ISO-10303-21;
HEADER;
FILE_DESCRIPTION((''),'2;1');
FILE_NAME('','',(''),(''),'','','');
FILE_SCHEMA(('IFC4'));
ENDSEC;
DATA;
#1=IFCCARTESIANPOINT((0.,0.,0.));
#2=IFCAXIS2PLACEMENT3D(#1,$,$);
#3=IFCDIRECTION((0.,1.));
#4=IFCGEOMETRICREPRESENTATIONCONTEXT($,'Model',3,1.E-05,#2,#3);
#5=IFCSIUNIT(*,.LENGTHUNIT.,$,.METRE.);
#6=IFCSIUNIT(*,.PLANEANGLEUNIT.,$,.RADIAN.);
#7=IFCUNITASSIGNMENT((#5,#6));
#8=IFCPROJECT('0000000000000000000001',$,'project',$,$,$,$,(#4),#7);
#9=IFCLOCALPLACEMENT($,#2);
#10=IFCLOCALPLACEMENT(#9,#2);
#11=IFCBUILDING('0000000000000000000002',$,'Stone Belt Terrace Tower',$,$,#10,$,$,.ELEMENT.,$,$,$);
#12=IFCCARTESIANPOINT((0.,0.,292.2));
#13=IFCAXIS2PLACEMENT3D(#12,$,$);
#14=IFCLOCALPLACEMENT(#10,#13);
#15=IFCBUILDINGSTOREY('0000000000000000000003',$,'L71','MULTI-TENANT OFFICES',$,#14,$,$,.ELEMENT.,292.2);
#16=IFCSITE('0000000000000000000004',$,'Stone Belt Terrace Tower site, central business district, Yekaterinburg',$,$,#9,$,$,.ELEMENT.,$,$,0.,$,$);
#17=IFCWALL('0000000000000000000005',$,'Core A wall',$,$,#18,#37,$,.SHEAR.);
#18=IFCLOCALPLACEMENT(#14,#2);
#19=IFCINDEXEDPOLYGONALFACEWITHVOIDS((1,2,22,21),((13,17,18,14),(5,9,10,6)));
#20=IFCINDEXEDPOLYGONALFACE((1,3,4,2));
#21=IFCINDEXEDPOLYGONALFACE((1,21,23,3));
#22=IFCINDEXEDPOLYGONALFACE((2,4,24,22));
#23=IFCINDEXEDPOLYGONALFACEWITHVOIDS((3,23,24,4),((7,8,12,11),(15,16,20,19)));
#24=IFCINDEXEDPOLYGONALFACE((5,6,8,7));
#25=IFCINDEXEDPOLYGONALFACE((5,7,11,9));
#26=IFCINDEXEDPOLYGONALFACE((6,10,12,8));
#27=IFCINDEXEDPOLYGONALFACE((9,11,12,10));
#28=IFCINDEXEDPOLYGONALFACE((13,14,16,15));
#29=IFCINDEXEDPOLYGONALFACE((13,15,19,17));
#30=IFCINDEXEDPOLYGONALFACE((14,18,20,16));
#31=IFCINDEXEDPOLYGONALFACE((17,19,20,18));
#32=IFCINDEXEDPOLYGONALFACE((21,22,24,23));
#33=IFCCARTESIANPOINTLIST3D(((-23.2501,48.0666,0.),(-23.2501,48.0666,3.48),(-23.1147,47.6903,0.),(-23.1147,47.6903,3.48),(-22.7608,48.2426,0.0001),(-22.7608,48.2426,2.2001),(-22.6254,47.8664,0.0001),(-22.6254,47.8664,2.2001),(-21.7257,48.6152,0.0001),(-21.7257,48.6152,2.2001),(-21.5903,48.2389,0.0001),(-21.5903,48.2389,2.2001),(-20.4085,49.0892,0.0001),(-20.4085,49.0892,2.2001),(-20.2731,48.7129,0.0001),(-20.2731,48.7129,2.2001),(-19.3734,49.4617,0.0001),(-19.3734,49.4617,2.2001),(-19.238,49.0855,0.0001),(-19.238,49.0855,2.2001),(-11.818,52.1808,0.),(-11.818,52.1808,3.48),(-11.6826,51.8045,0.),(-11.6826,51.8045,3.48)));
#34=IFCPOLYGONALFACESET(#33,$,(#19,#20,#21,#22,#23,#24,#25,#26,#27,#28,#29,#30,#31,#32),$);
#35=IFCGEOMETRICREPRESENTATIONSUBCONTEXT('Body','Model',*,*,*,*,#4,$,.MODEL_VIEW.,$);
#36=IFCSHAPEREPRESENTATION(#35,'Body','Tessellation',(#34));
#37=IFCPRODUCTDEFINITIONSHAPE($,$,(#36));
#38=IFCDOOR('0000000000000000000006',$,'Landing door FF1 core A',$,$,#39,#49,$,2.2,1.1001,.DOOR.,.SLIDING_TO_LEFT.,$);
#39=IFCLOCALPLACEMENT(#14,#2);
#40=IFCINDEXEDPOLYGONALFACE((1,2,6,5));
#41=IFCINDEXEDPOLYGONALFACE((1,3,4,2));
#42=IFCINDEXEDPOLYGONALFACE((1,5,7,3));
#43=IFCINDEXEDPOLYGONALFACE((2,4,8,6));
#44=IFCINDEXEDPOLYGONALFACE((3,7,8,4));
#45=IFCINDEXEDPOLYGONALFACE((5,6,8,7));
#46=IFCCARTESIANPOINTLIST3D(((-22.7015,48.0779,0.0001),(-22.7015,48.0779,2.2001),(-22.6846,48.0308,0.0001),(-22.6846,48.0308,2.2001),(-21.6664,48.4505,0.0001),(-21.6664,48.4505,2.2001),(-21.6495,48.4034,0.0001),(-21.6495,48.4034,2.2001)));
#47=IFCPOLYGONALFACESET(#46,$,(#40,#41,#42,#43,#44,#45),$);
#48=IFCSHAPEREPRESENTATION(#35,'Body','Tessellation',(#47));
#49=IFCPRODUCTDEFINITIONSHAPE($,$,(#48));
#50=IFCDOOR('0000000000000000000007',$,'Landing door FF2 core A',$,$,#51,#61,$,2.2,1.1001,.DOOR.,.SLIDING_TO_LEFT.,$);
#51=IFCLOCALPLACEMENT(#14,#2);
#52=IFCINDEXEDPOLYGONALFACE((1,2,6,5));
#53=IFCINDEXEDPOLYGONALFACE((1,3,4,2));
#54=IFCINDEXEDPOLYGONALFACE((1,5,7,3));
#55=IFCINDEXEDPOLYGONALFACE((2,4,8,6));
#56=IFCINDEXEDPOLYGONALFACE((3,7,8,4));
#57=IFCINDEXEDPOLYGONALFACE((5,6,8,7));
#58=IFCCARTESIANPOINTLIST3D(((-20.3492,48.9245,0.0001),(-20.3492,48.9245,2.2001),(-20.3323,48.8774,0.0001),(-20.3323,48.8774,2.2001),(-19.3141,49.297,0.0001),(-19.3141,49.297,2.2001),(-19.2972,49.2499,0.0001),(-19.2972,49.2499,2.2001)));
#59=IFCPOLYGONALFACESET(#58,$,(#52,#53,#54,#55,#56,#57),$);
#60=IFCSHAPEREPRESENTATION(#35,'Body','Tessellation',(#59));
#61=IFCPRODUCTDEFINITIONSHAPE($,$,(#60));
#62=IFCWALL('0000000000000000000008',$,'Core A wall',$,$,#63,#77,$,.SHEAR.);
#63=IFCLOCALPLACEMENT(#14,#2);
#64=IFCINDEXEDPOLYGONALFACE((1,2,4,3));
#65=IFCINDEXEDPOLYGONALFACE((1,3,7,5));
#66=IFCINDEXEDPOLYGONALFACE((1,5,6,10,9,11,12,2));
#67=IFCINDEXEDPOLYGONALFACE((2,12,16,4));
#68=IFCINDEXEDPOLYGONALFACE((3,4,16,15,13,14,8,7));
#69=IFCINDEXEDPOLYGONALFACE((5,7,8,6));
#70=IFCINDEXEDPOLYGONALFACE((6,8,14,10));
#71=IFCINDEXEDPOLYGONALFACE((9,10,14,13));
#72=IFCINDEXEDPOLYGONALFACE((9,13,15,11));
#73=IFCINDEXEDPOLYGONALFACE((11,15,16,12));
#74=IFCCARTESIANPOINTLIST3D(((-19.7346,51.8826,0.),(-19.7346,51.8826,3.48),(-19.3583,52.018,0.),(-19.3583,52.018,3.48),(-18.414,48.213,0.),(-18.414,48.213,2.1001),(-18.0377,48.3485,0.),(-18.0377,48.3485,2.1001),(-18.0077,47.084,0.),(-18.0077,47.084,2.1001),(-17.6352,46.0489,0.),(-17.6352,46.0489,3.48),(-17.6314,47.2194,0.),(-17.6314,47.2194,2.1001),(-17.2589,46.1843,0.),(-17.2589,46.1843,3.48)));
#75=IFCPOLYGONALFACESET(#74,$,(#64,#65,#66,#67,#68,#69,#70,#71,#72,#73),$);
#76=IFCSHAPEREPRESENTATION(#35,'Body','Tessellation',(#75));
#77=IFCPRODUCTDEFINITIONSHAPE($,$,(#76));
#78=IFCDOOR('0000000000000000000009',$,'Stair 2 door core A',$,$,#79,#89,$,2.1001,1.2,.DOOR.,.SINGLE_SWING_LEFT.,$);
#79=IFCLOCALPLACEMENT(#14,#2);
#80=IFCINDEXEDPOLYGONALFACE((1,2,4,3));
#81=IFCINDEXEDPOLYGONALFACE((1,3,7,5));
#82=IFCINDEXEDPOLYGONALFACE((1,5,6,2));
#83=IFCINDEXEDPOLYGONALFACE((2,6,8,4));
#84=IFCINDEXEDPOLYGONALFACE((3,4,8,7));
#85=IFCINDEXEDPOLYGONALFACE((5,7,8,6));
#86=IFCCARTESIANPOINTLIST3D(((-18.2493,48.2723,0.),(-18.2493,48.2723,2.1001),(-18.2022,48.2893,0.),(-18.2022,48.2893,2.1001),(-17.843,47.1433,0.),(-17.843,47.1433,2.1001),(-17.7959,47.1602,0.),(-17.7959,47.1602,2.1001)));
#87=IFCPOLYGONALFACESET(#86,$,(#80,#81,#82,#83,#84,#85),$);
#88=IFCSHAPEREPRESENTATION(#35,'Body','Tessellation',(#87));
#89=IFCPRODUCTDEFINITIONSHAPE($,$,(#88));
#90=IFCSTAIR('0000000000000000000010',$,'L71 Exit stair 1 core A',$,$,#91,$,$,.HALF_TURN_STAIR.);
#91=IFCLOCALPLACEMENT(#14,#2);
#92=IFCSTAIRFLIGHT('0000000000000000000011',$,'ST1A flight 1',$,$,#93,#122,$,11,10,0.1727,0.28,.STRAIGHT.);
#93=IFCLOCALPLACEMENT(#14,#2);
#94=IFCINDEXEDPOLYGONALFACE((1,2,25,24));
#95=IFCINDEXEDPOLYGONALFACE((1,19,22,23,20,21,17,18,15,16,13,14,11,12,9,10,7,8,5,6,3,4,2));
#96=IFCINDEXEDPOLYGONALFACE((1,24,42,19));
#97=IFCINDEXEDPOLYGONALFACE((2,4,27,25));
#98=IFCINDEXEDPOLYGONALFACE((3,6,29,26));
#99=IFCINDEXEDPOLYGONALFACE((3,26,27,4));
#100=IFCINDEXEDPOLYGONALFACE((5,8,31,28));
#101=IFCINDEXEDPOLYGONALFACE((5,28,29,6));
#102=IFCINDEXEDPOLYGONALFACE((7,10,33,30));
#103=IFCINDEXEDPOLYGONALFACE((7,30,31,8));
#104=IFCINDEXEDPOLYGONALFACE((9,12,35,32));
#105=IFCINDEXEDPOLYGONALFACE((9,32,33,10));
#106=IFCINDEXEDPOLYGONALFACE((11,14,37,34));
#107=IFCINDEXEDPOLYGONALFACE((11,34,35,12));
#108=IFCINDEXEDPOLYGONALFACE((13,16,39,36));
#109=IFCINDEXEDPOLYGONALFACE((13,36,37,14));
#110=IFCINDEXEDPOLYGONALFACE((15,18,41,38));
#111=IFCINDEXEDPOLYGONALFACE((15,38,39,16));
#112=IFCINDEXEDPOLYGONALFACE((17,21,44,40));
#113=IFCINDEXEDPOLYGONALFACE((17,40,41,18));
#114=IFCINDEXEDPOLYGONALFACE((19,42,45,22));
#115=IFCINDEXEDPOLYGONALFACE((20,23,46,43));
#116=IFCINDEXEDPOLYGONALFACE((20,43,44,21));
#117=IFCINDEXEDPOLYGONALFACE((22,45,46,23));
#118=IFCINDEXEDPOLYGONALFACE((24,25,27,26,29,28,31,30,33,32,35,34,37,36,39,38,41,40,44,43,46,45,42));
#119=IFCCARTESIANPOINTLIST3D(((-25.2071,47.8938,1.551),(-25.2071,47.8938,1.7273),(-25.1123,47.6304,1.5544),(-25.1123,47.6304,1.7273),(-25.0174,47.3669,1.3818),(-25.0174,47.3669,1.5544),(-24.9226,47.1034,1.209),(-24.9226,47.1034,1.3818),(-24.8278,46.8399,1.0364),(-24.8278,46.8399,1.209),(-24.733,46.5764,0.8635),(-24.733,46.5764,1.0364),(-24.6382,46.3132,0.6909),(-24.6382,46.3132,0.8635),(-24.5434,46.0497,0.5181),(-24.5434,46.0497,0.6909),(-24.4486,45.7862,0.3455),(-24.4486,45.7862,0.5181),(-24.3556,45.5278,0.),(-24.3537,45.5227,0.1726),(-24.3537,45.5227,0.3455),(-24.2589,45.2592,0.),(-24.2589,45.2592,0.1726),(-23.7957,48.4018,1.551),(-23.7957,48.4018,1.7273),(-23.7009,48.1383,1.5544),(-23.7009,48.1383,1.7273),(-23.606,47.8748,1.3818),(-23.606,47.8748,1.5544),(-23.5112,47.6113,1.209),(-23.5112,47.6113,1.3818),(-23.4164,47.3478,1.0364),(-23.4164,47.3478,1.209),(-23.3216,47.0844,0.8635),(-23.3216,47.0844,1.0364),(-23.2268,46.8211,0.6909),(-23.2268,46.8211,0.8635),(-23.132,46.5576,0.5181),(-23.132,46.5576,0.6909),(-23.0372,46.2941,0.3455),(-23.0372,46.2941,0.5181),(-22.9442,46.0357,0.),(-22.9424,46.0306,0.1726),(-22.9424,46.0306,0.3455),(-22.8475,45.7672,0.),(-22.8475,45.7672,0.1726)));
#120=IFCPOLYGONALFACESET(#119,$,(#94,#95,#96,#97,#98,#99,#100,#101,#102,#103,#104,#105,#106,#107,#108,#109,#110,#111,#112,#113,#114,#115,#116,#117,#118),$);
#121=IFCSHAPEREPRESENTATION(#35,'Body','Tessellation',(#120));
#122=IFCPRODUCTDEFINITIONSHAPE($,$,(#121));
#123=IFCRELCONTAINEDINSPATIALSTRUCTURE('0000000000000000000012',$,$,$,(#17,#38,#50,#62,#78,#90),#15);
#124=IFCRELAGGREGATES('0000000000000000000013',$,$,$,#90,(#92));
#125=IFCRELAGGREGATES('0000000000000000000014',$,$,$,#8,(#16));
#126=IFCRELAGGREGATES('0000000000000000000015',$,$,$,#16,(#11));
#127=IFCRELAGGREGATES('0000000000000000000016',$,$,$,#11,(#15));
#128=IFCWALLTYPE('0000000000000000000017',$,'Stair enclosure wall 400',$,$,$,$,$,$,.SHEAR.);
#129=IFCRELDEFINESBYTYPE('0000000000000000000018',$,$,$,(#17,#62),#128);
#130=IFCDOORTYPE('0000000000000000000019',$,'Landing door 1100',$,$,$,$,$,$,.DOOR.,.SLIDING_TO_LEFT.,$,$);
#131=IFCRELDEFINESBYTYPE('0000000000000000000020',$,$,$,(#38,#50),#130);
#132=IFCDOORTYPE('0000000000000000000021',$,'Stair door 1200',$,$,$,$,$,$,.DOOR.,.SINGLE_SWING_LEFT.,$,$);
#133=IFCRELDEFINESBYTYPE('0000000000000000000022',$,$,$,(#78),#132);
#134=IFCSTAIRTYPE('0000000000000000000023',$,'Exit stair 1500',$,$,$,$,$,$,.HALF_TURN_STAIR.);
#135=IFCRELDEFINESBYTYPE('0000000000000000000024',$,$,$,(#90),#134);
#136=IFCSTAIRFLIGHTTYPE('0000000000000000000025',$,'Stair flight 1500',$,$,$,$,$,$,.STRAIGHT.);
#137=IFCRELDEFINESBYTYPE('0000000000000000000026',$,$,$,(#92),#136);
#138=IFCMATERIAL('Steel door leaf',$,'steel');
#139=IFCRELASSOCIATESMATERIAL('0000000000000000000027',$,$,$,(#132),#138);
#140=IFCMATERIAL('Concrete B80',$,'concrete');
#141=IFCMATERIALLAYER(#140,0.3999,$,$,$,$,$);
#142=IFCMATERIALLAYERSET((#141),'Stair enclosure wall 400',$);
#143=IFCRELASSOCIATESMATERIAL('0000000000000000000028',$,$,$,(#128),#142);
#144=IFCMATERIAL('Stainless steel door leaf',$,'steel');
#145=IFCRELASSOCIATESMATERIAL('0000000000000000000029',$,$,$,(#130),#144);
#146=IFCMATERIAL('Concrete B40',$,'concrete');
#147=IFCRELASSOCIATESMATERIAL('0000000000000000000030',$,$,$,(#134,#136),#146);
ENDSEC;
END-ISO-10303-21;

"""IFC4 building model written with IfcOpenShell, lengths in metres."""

from ifc_helpers import new_model, si_unit, direction, frame, frame_2d, origin, place, context, subcontext, project, spatial, polyline, rectangle, outline, extrude, material, layer, layer_set, type_object, element, fill, aggregate, save


model = new_model("IFC4")

# Units and contexts
model_context = context("Model", 3, precision=1e-05, world=origin(), true_north=direction((0.0, 1.0)))
body_context = subcontext(model_context, "Body", "Model", "MODEL_VIEW")
ifc_project = project(units=[si_unit("LENGTHUNIT", "METRE"), si_unit("PLANEANGLEUNIT", "RADIAN")], contexts=[model_context])

# Site, building, storey
site_placement = place(None, origin())
site = spatial("IfcSite", under=ifc_project, at=site_placement, Name="Stone Belt Terrace Tower site, central business district, Yekaterinburg", CompositionType="ELEMENT", RefElevation=0.0)
building_placement = place(site_placement, origin())
building = spatial("IfcBuilding", under=site, at=building_placement, Name="Stone Belt Terrace Tower", CompositionType="ELEMENT")
storey_placement = place(building_placement, frame((0.0, 0.0, 292.2)))
storey = spatial("IfcBuildingStorey", under=building, at=storey_placement, Name="L71", Description="MULTI-TENANT OFFICES", CompositionType="ELEMENT", Elevation=292.2)

# Shared definitions
ifc_material_1 = material(Name="Concrete B80", Category="concrete")

# Shared definitions
ifc_material_2 = material(Name="Steel door leaf", Category="steel")
door_type_1 = type_object("IfcDoorType", Name="Stair door 1200", OperationType="SINGLE_SWING_LEFT", PredefinedType="DOOR", material=ifc_material_2)
ifc_layer_1 = layer(ifc_material_1, 0.3999)
ifc_layer_set_1 = layer_set([ifc_layer_1], Name="Stair enclosure wall 400")
wall_type_1 = type_object("IfcWallType", Name="Stair enclosure wall 400", PredefinedType="SHEAR", material=ifc_layer_set_1)

# Wall, openings, doors
wall_1_placement = place(storey_placement, frame((-23.1824, 47.8784, 0.0), z_axis=(0.0, 0.0, 1.0), x_axis=(0.940922, 0.338624, 0.0)))
wall_1 = element("IfcWall", 1, at=wall_1_placement, inside=storey, type_object=wall_type_1, Name="Core A wall", PredefinedType="SHEAR", context=body_context, shape_type="SweptSolid", body=[
    extrude(rectangle(XDim=12.1499, YDim=0.3999, at=frame_2d((6.075, 0.0))), origin(), (0.0, 0.0, 1.0), 3.48),
])
opening_1_placement = place(wall_1_placement, frame((0.52, 0.0, 0.0)))
opening_1 = element("IfcOpeningElement", 2, at=opening_1_placement, cuts=wall_1, PredefinedType="OPENING", context=body_context, shape_type="SweptSolid", body=[
    extrude(rectangle(XDim=1.1001, YDim=2.2, at=frame_2d((0.55, 1.1001))), frame((0.0, 0.21, 0.0), z_axis=(0.0, -1.0, 0.0), x_axis=(1.0, 0.0, 0.0)), (0.0, 0.0, 1.0), 0.4199),
])
opening_2_placement = place(wall_1_placement, frame((3.02, 0.0, 0.0)))
opening_2 = element("IfcOpeningElement", 3, at=opening_2_placement, cuts=wall_1, PredefinedType="OPENING", context=body_context, shape_type="SweptSolid", body=[
    extrude(rectangle(XDim=1.1001, YDim=2.2, at=frame_2d((0.55, 1.1001))), frame((0.0, 0.21, 0.0), z_axis=(0.0, -1.0, 0.0), x_axis=(1.0, 0.0, 0.0)), (0.0, 0.0, 1.0), 0.4199),
])
ifc_material_3 = material(Name="Stainless steel door leaf", Category="steel")
door_type_2 = type_object("IfcDoorType", Name="Landing door 1100", OperationType="SLIDING_TO_LEFT", PredefinedType="DOOR", material=ifc_material_3)
door_1_placement = place(opening_1_placement, origin())
door_1 = element("IfcDoor", 4, at=door_1_placement, inside=storey, type_object=door_type_2, Name="Landing door FF1 core A", OperationType="SLIDING_TO_LEFT", OverallHeight=2.2, OverallWidth=1.1001, PredefinedType="DOOR", context=body_context, shape_type="SweptSolid", body=[
    extrude(rectangle(XDim=1.1001, YDim=2.2, at=frame_2d((0.55, 1.1001))), frame((0.0, 0.0249, 0.0), z_axis=(0.0, -1.0, 0.0), x_axis=(1.0, 0.0, 0.0)), (0.0, 0.0, 1.0), 0.05),
])
fill(opening_1, door_1)
door_2_placement = place(opening_2_placement, origin())
door_2 = element("IfcDoor", 5, at=door_2_placement, inside=storey, type_object=door_type_2, Name="Landing door FF2 core A", OperationType="SLIDING_TO_LEFT", OverallHeight=2.2, OverallWidth=1.1001, PredefinedType="DOOR", context=body_context, shape_type="SweptSolid", body=[
    extrude(rectangle(XDim=1.1001, YDim=2.2, at=frame_2d((0.55, 1.1001))), frame((0.0, 0.0249, 0.0), z_axis=(0.0, -1.0, 0.0), x_axis=(1.0, 0.0, 0.0)), (0.0, 0.0, 1.0), 0.05),
])
fill(opening_2, door_2)

# Wall, opening, door
wall_2_placement = place(storey_placement, frame((-17.447, 46.1165, 0.0), z_axis=(0.0, 0.0, 1.0), x_axis=(-0.338608, 0.940928, 0.0)))
wall_2 = element("IfcWall", 6, at=wall_2_placement, inside=storey, type_object=wall_type_1, Name="Core A wall", PredefinedType="SHEAR", context=body_context, shape_type="SweptSolid", body=[
    extrude(rectangle(XDim=6.2, YDim=0.3999, at=frame_2d((3.1001, 0.0))), origin(), (0.0, 0.0, 1.0), 3.48),
])
opening_3_placement = place(wall_2_placement, frame((1.1001, 0.0, 0.0)))
opening_3 = element("IfcOpeningElement", 7, at=opening_3_placement, cuts=wall_2, PredefinedType="OPENING", context=body_context, shape_type="SweptSolid", body=[
    extrude(rectangle(XDim=1.2, YDim=2.1001, at=frame_2d((0.6001, 1.05))), frame((0.0, 0.21, 0.0), z_axis=(0.0, -1.0, 0.0), x_axis=(1.0, 0.0, 0.0)), (0.0, 0.0, 1.0), 0.4199),
])
door_3_placement = place(opening_3_placement, origin())
door_3 = element("IfcDoor", 8, at=door_3_placement, inside=storey, type_object=door_type_1, Name="Stair 2 door core A", OperationType="SINGLE_SWING_LEFT", OverallHeight=2.1001, OverallWidth=1.2, PredefinedType="DOOR", context=body_context, shape_type="SweptSolid", body=[
    extrude(rectangle(XDim=1.2, YDim=2.1001, at=frame_2d((0.6001, 1.05))), frame((0.0, 0.0249, 0.0), z_axis=(0.0, -1.0, 0.0), x_axis=(1.0, 0.0, 0.0)), (0.0, 0.0, 1.0), 0.05),
])
fill(opening_3, door_3)

# Stair, stair flight
ifc_material_4 = material(Name="Concrete B40", Category="concrete")
stair_type = type_object("IfcStairType", Name="Exit stair 1500", PredefinedType="HALF_TURN_STAIR", material=ifc_material_4)
stair_placement = place(storey_placement, origin())
stair = element("IfcStair", 9, at=stair_placement, inside=storey, type_object=stair_type, Name="L71 Exit stair 1 core A", PredefinedType="HALF_TURN_STAIR")
stair_flight_type = type_object("IfcStairFlightType", Name="Stair flight 1500", PredefinedType="STRAIGHT", material=ifc_material_4)
stair_flight_placement = place(storey_placement, frame((-23.5532, 45.5132, 0.0), z_axis=(0.0, 0.0, 1.0), x_axis=(-0.338624, 0.940922, 0.0)))
stair_flight = element("IfcStairFlight", 10, at=stair_flight_placement, type_object=stair_flight_type, Name="ST1A flight 1", NumberOfRisers=11, NumberOfTreads=10, PredefinedType="STRAIGHT", RiserHeight=0.1727, TreadLength=0.28, context=body_context, shape_type="SweptSolid", body=[
    extrude(outline(polyline([(0.0, 0.0), (0.0, 0.1726), (0.28, 0.1726), (0.28, 0.3455), (0.5601, 0.3455), (0.5601, 0.5181), (0.8401, 0.5181), (0.8401, 0.6909), (1.1201, 0.6909), (1.1201, 0.8635), (1.3999, 0.8635), (1.3999, 1.0364), (1.6799, 1.0364), (1.6799, 1.209), (1.96, 1.209), (1.96, 1.3818), (2.24, 1.3818), (2.24, 1.5544), (2.52, 1.5544), (2.52, 1.7273), (2.8, 1.7273), (2.8, 1.8999), (2.8, 1.551), (0.2854, 0.0), (0.0, 0.0)])), frame((0.0, 0.75, 0.0), z_axis=(0.0, -1.0, 0.0), x_axis=(1.0, 0.0, 0.0)), (0.0, 0.0, 1.0), 1.5),
])
aggregate(stair, [stair_flight])

save(model, "model.ifc")
